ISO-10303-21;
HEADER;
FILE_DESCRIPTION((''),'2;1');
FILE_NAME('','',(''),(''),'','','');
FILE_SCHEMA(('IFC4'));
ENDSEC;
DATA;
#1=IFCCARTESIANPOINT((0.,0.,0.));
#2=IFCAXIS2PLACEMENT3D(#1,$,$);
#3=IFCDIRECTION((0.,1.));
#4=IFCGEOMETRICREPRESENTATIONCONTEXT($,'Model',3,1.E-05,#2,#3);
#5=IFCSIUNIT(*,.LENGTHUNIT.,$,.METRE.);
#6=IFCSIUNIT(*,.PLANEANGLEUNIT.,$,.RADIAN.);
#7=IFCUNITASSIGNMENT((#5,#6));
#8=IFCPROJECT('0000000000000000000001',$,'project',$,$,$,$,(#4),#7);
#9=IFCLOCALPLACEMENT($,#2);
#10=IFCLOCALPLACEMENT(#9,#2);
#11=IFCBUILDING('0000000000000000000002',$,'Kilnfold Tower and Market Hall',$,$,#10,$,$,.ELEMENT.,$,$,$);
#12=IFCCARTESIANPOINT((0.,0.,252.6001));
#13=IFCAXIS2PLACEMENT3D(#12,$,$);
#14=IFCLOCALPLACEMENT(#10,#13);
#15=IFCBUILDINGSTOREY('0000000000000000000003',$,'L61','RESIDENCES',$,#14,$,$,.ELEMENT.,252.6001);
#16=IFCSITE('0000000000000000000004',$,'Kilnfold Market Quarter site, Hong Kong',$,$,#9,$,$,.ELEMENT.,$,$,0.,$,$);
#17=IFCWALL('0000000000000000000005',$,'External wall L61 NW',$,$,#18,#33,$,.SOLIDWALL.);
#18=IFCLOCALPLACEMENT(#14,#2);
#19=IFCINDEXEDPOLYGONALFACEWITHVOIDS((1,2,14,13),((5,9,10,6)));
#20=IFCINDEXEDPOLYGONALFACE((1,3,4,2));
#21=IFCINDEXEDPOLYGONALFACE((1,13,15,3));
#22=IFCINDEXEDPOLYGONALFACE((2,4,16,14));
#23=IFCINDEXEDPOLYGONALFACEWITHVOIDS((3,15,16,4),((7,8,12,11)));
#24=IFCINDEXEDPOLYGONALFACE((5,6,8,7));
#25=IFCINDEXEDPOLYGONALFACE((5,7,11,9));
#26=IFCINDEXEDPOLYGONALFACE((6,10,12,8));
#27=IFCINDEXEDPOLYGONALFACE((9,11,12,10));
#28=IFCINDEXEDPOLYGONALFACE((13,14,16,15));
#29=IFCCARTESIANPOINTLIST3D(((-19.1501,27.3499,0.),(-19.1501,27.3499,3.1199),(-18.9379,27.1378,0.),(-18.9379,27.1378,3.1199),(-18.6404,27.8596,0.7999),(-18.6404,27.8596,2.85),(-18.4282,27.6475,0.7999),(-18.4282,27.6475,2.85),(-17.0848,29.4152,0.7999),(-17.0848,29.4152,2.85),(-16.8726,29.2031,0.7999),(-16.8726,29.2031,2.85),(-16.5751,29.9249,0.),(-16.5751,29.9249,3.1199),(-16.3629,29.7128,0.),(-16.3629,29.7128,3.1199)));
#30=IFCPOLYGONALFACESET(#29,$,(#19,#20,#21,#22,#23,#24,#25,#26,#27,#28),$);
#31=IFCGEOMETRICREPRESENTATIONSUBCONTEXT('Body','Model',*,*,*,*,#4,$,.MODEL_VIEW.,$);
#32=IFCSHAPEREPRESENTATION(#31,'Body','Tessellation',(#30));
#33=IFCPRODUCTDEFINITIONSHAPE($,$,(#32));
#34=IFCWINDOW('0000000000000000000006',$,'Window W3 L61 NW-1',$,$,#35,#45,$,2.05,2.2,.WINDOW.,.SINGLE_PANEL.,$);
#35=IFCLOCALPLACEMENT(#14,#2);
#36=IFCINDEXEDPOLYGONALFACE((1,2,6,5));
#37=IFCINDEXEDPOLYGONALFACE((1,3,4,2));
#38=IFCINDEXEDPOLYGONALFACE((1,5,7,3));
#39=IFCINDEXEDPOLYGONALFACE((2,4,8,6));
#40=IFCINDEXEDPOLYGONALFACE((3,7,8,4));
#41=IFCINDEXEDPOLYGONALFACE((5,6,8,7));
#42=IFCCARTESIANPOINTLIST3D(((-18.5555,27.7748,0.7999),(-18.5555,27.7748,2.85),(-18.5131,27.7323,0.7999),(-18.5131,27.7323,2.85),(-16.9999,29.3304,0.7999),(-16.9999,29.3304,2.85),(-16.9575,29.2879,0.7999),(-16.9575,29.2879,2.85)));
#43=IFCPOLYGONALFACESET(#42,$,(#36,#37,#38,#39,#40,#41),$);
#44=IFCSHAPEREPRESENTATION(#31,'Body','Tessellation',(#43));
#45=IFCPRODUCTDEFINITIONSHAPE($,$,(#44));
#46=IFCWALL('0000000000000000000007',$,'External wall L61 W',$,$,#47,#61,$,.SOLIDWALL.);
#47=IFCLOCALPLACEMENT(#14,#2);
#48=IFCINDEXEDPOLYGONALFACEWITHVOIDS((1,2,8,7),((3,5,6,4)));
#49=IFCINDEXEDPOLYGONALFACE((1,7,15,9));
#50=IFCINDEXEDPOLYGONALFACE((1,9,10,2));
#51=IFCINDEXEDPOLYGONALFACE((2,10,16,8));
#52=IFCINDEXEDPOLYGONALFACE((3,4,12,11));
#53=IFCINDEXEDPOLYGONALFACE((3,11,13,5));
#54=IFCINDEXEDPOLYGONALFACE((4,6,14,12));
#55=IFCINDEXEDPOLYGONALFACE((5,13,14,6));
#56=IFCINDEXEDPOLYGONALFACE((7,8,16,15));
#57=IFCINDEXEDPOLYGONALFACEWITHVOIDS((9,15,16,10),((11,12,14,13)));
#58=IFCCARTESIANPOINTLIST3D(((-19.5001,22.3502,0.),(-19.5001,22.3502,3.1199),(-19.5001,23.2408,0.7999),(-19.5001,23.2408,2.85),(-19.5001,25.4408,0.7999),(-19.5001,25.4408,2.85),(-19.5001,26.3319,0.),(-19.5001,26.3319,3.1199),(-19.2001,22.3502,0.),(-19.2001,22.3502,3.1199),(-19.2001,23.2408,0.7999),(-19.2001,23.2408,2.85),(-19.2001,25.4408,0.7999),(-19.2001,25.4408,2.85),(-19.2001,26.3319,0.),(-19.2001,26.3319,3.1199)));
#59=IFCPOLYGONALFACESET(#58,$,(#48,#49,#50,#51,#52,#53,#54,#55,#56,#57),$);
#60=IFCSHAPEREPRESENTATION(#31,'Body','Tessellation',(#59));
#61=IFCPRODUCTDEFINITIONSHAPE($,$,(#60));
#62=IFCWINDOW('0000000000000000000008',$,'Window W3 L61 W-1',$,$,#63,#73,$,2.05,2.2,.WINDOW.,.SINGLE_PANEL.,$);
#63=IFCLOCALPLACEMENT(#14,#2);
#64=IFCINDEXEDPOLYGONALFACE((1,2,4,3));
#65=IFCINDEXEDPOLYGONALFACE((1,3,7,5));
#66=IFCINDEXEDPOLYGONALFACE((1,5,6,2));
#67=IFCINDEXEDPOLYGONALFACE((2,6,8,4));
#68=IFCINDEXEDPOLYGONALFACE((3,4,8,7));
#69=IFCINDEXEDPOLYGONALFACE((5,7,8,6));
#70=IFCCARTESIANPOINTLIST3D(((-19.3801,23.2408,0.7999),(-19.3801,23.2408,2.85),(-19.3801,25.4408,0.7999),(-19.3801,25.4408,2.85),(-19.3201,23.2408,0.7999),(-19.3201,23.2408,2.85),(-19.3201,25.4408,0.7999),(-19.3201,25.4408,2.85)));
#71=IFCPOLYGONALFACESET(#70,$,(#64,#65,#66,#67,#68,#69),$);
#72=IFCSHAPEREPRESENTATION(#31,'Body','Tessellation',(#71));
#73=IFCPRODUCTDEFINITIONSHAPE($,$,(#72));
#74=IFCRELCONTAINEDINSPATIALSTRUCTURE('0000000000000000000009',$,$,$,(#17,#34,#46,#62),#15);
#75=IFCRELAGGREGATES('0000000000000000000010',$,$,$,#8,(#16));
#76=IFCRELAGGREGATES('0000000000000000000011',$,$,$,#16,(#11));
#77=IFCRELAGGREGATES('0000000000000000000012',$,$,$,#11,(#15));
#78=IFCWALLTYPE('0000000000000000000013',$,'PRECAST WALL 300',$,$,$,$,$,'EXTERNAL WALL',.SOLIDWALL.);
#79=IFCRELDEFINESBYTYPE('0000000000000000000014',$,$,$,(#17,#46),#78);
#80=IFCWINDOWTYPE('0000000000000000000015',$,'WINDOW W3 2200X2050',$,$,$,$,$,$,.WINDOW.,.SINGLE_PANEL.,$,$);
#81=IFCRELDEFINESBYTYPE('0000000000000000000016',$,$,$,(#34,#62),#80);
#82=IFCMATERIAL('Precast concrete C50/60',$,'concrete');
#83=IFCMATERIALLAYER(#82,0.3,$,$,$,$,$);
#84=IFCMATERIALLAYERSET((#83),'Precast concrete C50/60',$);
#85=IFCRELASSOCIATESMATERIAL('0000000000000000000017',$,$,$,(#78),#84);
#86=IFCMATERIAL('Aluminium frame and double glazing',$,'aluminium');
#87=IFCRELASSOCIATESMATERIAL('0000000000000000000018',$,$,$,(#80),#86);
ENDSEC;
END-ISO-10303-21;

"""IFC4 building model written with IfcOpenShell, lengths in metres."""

from ifc_helpers import new_model, si_unit, direction, frame, frame_2d, origin, place, context, subcontext, project, spatial, rectangle, extrude, source, transform, mapped, material, layer, layer_set, type_object, element, fill, save


model = new_model("IFC4")

# Units and contexts
model_context = context("Model", 3, precision=1e-05, world=origin(), true_north=direction((0.0, 1.0)))
body_context = subcontext(model_context, "Body", "Model", "MODEL_VIEW")
ifc_project = project(units=[si_unit("LENGTHUNIT", "METRE"), si_unit("PLANEANGLEUNIT", "RADIAN")], contexts=[model_context])

# Site, building, storey
site_placement = place(None, origin())
site = spatial("IfcSite", under=ifc_project, at=site_placement, Name="Kilnfold Market Quarter site, Hong Kong", CompositionType="ELEMENT", RefElevation=0.0)
building_placement = place(site_placement, origin())
building = spatial("IfcBuilding", under=site, at=building_placement, Name="Kilnfold Tower and Market Hall", CompositionType="ELEMENT")
storey_placement = place(building_placement, frame((0.0, 0.0, 252.6001)))
storey = spatial("IfcBuildingStorey", under=building, at=storey_placement, Name="L61", Description="RESIDENCES", CompositionType="ELEMENT", Elevation=252.6001)

# Walls, openings, windows
ifc_material_1 = material(Name="Precast concrete C50/60", Category="concrete")
ifc_layer_1 = layer(ifc_material_1, 0.3)
ifc_layer_set_1 = layer_set([ifc_layer_1], Name="Precast concrete C50/60")
wall_type_1 = type_object("IfcWallType", Name="PRECAST WALL 300", ElementType="EXTERNAL WALL", PredefinedType="SOLIDWALL", material=ifc_layer_set_1)
shared_shape_1 = source(origin(), body_context, "Body", "SweptSolid", [
    extrude(rectangle(XDim=3.6416, YDim=0.3, at=frame_2d((1.8208, 0.0))), origin(), (0.0, 0.0, 1.0), 3.1199),
])
wall_1_placement = place(storey_placement, frame((-16.469, 29.8188, 0.0), z_axis=(0.0, 0.0, 1.0), x_axis=(-0.707107, -0.707107, 0.0)))
wall_1 = element("IfcWall", 1, at=wall_1_placement, inside=storey, type_object=wall_type_1, Name="External wall L61 NW", PredefinedType="SOLIDWALL", context=body_context, shape_type="MappedRepresentation", body=[
    mapped(shared_shape_1, transform((0.0, 0.0, 0.0))),
])
opening_1_placement = place(wall_1_placement, frame((0.7207, 0.0, 0.8)))
opening_1 = element("IfcOpeningElement", 2, at=opening_1_placement, cuts=wall_1, PredefinedType="OPENING", context=body_context, shape_type="SweptSolid", body=[
    extrude(rectangle(XDim=2.2, YDim=2.05, at=frame_2d((1.1001, 1.0249))), frame((0.0, 0.1602, 0.0), z_axis=(0.0, -1.0, 0.0), x_axis=(1.0, 0.0, 0.0)), (0.0, 0.0, 1.0), 0.3201),
])
ifc_material_2 = material(Name="Aluminium frame and double glazing", Category="aluminium")
window_type = type_object("IfcWindowType", Name="WINDOW W3 2200X2050", PartitioningType="SINGLE_PANEL", PredefinedType="WINDOW", material=ifc_material_2)
window_1_placement = place(opening_1_placement, origin())
window_1 = element("IfcWindow", 3, at=window_1_placement, inside=storey, type_object=window_type, Name="Window W3 L61 NW-1", OverallHeight=2.05, OverallWidth=2.2, PartitioningType="SINGLE_PANEL", PredefinedType="WINDOW", context=body_context, shape_type="SweptSolid", body=[
    extrude(rectangle(XDim=2.2, YDim=2.05, at=frame_2d((1.1001, 1.0249))), frame((0.0, 0.03, 0.0), z_axis=(0.0, -1.0, 0.0), x_axis=(1.0, 0.0, 0.0)), (0.0, 0.0, 1.0), 0.0601),
])
fill(opening_1, window_1)
shared_shape_2 = source(origin(), body_context, "Body", "SweptSolid", [
    extrude(rectangle(XDim=3.9817, YDim=0.3, at=frame_2d((1.9907, 0.0))), origin(), (0.0, 0.0, 1.0), 3.1199),
])
wall_2_placement = place(storey_placement, frame((-19.3501, 26.3318, 0.0), z_axis=(0.0, 0.0, 1.0), x_axis=(0.0, -1.0, 0.0)))
wall_2 = element("IfcWall", 4, at=wall_2_placement, inside=storey, type_object=wall_type_1, Name="External wall L61 W", PredefinedType="SOLIDWALL", context=body_context, shape_type="MappedRepresentation", body=[
    mapped(shared_shape_2, transform((0.0, 0.0, 0.0))),
])
opening_2_placement = place(wall_2_placement, frame((0.8909, 0.0, 0.8)))
opening_2 = element("IfcOpeningElement", 5, at=opening_2_placement, cuts=wall_2, PredefinedType="OPENING", context=body_context, shape_type="SweptSolid", body=[
    extrude(rectangle(XDim=2.2, YDim=2.05, at=frame_2d((1.1001, 1.0249))), frame((0.0, 0.1602, 0.0), z_axis=(0.0, -1.0, 0.0), x_axis=(1.0, 0.0, 0.0)), (0.0, 0.0, 1.0), 0.3201),
])
window_2_placement = place(opening_2_placement, origin())
window_2 = element("IfcWindow", 6, at=window_2_placement, inside=storey, type_object=window_type, Name="Window W3 L61 W-1", OverallHeight=2.05, OverallWidth=2.2, PartitioningType="SINGLE_PANEL", PredefinedType="WINDOW", context=body_context, shape_type="SweptSolid", body=[
    extrude(rectangle(XDim=2.2, YDim=2.05, at=frame_2d((1.1001, 1.0249))), frame((0.0, 0.03, 0.0), z_axis=(0.0, -1.0, 0.0), x_axis=(1.0, 0.0, 0.0)), (0.0, 0.0, 1.0), 0.0601),
])
fill(opening_2, window_2)

save(model, "model.ifc")
